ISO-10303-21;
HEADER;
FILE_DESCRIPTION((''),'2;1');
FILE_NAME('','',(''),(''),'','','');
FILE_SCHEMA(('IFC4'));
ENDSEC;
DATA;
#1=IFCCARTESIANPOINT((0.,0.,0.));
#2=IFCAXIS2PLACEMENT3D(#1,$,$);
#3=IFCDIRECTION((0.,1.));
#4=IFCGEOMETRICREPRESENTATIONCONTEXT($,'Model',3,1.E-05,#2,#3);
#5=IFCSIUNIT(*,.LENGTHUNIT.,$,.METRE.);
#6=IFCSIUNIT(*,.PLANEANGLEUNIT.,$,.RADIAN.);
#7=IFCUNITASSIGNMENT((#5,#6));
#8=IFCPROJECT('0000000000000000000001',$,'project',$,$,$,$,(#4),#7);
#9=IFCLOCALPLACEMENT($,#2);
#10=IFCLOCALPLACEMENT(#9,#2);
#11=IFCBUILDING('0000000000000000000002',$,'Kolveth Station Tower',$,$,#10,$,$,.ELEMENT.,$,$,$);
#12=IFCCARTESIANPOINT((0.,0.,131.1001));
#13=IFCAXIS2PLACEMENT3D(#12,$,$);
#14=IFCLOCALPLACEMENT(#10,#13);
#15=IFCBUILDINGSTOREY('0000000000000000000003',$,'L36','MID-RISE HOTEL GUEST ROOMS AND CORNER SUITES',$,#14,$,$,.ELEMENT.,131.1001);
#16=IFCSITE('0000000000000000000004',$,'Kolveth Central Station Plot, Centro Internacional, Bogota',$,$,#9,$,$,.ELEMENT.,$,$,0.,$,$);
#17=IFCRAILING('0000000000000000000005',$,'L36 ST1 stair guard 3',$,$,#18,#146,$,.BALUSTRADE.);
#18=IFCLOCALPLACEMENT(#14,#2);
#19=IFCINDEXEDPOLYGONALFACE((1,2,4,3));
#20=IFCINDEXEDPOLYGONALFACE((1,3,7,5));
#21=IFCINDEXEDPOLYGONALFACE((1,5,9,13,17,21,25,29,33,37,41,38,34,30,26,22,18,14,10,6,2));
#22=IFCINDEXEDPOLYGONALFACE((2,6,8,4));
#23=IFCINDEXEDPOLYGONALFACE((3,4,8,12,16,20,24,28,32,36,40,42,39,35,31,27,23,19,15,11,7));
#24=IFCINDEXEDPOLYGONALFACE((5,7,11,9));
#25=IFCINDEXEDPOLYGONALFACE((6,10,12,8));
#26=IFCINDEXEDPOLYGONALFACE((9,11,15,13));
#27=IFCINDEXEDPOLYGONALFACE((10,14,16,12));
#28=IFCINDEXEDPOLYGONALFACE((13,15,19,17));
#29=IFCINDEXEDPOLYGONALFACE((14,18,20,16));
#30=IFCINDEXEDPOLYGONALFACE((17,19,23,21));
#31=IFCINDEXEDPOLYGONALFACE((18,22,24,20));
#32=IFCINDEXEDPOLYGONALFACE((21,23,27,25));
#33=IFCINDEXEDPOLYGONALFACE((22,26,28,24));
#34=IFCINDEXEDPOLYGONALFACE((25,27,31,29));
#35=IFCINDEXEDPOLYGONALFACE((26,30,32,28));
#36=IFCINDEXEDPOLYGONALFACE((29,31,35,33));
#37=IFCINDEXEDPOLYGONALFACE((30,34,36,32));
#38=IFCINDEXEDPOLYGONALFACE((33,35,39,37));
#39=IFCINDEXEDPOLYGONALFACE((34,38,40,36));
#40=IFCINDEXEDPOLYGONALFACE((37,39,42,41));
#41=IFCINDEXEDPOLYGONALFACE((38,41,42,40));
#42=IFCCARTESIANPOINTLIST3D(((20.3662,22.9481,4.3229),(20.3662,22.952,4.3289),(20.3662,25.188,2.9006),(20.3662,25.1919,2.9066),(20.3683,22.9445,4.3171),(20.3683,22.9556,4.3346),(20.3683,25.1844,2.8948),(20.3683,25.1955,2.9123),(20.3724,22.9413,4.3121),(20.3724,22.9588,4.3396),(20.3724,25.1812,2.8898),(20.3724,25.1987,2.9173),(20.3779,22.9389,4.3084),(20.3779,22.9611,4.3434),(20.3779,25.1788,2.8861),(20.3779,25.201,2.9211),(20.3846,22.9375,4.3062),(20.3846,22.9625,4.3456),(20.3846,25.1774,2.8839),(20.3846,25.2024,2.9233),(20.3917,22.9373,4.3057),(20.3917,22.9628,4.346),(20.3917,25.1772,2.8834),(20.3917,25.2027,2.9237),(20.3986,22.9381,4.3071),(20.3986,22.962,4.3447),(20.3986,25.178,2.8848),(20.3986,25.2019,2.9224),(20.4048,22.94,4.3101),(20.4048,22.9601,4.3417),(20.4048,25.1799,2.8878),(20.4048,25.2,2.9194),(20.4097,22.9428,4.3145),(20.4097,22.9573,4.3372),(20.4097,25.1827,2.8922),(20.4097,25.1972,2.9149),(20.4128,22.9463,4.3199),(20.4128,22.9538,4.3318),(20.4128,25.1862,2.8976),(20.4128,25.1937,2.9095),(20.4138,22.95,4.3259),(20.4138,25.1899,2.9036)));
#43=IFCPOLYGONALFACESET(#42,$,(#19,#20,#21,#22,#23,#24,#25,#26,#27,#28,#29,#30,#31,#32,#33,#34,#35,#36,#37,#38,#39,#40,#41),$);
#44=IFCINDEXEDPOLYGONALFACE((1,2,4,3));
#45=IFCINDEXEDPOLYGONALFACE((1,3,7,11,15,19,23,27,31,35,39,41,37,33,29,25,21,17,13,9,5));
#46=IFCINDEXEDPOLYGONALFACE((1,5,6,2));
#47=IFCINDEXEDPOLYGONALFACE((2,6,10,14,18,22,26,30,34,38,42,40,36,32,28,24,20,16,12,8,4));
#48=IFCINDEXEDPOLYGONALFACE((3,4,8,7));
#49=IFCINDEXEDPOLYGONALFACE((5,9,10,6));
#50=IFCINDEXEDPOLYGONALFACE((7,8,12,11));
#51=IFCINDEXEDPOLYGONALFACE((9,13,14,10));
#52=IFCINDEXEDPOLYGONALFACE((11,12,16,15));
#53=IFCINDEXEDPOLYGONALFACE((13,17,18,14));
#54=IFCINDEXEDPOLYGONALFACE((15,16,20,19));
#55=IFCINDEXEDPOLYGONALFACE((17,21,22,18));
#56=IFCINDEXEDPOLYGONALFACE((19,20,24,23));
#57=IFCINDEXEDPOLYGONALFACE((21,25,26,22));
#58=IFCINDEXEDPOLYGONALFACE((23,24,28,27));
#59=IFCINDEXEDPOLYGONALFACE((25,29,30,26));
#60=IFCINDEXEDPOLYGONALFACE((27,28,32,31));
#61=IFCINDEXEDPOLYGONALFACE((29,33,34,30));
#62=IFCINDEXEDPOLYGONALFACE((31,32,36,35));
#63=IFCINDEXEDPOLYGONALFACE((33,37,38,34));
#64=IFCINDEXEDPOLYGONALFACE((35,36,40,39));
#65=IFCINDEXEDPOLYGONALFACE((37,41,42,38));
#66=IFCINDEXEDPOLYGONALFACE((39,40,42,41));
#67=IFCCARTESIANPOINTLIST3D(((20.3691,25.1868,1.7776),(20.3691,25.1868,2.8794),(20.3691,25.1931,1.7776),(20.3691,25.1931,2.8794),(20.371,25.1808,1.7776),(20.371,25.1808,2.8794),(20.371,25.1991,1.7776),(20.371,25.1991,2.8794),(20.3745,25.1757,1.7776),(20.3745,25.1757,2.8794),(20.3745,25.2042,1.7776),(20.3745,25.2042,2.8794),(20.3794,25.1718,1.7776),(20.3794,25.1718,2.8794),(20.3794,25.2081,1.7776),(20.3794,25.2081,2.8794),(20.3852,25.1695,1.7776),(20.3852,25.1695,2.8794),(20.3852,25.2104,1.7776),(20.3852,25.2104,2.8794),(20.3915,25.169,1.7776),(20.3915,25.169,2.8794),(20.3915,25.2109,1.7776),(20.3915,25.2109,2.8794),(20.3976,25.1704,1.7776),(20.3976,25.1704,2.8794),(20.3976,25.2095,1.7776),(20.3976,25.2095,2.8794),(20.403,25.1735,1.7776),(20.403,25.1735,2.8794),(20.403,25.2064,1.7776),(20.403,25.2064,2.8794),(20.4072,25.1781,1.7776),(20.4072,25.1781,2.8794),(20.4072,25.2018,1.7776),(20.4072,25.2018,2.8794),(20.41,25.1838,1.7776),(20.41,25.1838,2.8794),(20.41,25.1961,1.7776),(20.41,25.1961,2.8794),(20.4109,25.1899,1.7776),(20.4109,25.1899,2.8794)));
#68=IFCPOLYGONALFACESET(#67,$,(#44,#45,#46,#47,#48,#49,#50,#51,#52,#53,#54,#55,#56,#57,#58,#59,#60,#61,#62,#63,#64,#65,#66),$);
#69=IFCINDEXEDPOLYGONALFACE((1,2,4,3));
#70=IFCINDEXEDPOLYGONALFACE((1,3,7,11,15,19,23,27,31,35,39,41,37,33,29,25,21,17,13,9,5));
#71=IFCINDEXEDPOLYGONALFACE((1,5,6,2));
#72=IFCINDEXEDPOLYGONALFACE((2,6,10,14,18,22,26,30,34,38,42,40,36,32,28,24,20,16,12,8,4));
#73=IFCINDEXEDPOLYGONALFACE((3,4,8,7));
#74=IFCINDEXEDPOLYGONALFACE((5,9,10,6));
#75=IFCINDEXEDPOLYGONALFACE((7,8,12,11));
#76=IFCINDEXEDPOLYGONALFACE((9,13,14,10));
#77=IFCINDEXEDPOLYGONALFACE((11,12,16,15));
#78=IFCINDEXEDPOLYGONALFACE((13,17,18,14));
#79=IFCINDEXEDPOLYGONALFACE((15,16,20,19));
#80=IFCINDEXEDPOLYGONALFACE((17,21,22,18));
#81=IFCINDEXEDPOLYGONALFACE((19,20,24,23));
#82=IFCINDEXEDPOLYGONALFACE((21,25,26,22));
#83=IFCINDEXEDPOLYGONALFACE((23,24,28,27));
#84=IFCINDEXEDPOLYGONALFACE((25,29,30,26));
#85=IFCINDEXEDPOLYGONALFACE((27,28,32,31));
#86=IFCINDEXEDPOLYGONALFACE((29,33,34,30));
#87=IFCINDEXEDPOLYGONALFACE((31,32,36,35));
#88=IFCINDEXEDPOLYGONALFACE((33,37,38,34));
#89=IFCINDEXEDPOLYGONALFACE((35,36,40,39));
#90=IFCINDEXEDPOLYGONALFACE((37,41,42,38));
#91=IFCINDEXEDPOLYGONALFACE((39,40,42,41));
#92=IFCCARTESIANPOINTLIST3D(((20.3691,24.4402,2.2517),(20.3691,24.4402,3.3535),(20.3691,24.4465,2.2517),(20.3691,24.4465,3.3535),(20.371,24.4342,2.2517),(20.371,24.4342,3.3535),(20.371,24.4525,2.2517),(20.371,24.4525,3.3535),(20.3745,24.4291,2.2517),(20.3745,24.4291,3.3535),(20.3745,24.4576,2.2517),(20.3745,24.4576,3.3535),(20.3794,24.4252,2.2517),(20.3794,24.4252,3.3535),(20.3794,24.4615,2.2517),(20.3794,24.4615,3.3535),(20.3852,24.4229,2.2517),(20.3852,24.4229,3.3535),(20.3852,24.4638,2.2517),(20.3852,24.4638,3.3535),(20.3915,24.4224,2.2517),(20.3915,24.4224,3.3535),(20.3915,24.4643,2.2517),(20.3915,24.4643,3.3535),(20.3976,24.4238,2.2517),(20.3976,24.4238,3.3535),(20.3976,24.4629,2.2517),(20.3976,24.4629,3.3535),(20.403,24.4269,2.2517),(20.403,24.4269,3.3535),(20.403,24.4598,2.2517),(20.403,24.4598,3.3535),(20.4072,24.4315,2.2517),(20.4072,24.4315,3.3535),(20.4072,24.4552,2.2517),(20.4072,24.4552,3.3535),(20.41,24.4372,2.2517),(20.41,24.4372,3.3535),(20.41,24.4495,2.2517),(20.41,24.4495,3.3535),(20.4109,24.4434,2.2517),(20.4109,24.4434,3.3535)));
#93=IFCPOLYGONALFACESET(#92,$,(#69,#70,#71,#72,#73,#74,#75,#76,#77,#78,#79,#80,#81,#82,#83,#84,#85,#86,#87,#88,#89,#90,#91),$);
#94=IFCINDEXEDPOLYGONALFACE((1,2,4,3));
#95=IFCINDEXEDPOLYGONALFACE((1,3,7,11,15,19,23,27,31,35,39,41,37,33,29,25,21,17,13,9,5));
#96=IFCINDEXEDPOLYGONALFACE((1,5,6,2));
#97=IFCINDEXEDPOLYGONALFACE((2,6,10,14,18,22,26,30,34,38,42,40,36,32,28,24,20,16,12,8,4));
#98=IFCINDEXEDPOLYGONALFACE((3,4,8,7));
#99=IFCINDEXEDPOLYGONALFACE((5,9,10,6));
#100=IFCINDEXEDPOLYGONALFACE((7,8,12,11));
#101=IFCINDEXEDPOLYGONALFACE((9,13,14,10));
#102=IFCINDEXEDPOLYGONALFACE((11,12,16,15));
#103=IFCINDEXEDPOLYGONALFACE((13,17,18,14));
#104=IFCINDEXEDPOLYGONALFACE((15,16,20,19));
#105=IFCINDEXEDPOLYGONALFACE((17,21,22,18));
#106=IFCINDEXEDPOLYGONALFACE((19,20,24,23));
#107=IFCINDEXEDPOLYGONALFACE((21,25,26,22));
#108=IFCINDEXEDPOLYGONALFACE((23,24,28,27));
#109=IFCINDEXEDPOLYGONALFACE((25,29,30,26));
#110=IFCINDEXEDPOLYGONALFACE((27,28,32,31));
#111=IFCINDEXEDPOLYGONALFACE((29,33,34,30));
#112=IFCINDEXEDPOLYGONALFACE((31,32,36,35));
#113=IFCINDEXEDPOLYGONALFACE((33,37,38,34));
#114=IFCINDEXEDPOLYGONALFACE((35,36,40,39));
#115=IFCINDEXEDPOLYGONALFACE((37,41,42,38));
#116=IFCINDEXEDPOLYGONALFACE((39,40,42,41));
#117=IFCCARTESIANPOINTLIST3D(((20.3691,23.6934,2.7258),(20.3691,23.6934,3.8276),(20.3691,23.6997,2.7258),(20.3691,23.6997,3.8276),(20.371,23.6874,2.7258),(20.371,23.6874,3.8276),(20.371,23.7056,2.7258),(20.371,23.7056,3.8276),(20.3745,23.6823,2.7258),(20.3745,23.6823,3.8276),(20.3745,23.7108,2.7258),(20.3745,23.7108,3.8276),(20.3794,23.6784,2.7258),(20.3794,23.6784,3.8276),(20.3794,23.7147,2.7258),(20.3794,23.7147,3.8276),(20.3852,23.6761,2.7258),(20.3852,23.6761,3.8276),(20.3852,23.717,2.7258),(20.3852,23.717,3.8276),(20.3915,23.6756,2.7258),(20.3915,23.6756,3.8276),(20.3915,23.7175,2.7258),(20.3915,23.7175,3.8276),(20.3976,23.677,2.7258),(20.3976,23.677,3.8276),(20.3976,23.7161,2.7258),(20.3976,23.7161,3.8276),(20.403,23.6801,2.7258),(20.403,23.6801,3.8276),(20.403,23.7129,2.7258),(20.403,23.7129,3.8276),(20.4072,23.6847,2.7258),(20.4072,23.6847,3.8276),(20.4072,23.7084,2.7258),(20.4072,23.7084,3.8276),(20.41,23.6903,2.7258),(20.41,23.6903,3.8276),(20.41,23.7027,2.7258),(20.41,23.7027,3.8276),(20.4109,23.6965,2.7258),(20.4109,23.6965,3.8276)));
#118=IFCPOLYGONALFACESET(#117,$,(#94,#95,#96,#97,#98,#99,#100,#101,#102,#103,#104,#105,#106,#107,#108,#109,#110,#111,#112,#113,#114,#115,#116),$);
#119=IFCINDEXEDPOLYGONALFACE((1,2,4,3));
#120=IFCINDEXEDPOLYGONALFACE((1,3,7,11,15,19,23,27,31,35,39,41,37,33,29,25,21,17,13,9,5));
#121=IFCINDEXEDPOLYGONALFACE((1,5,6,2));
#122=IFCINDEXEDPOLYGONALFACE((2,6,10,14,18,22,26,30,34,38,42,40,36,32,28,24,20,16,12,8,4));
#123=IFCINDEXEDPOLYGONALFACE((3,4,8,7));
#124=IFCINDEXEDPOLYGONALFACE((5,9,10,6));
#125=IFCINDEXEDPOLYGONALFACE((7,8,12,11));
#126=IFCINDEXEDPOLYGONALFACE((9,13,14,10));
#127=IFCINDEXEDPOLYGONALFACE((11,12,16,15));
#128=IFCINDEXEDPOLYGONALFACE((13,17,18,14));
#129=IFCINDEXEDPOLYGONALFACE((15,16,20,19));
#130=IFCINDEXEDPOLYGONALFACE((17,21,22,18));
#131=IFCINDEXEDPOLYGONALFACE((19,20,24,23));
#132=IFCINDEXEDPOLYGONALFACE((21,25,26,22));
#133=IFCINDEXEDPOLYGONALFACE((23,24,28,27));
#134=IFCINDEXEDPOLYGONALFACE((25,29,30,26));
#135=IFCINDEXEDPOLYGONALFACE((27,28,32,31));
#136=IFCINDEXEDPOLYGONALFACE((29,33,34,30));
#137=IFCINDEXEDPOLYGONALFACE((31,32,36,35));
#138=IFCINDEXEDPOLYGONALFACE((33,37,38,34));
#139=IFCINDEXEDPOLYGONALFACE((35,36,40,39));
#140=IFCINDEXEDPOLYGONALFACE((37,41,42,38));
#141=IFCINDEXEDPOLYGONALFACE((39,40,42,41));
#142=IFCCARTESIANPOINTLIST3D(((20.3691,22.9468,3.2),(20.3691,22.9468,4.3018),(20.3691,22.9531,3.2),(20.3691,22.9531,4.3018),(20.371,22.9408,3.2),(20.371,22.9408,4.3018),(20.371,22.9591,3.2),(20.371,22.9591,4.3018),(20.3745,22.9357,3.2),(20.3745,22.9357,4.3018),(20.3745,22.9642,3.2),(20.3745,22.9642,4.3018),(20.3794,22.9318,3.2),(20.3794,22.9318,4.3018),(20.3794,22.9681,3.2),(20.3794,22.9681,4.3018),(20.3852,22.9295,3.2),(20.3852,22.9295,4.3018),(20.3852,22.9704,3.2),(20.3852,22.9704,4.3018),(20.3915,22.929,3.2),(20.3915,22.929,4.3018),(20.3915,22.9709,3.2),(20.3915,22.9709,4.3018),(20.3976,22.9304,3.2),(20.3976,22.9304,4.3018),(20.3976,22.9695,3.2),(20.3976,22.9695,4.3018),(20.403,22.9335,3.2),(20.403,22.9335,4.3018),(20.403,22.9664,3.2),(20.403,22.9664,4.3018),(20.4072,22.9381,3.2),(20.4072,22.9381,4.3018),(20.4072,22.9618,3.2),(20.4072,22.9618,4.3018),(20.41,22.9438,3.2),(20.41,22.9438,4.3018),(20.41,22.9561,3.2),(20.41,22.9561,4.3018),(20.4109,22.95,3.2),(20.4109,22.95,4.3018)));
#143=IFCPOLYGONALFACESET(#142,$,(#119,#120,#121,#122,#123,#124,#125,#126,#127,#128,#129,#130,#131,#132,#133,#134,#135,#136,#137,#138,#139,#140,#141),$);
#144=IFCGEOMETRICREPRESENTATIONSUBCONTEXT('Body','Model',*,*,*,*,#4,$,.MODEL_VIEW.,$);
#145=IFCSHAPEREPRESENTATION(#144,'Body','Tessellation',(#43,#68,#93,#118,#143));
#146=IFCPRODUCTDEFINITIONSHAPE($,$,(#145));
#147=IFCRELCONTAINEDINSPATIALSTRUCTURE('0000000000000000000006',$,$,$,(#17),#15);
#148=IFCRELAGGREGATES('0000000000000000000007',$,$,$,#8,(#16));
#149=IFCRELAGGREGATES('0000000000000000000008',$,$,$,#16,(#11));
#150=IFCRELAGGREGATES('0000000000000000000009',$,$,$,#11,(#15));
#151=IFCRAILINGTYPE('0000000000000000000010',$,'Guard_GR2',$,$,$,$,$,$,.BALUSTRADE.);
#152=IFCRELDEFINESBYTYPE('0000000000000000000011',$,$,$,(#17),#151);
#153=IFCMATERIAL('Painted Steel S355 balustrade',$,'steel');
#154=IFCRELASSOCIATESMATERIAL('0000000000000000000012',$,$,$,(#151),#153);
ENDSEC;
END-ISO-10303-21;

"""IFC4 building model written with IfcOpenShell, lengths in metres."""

from ifc_helpers import new_model, si_unit, direction, frame, origin, origin_2d, place, context, subcontext, project, spatial, circle, extrude, material, type_object, element, save


model = new_model("IFC4")

# Units and contexts
model_context = context("Model", 3, precision=1e-05, world=origin(), true_north=direction((0.0, 1.0)))
body_context = subcontext(model_context, "Body", "Model", "MODEL_VIEW")
ifc_project = project(units=[si_unit("LENGTHUNIT", "METRE"), si_unit("PLANEANGLEUNIT", "RADIAN")], contexts=[model_context])

# Site, building, storey
site_placement = place(None, origin())
site = spatial("IfcSite", under=ifc_project, at=site_placement, Name="Kolveth Central Station Plot, Centro Internacional, Bogota", CompositionType="ELEMENT", RefElevation=0.0)
building_placement = place(site_placement, origin())
building = spatial("IfcBuilding", under=site, at=building_placement, Name="Kolveth Station Tower", CompositionType="ELEMENT")
storey_placement = place(building_placement, frame((0.0, 0.0, 131.1001)))
storey = spatial("IfcBuildingStorey", under=building, at=storey_placement, Name="L36", Description="MID-RISE HOTEL GUEST ROOMS AND CORNER SUITES", CompositionType="ELEMENT", Elevation=131.1001)

# Railing
ifc_material_1 = material(Name="Painted Steel S355 balustrade", Category="steel")
railing_type_1 = type_object("IfcRailingType", Name="Guard_GR2", PredefinedType="BALUSTRADE", material=ifc_material_1)
railing_1_placement = place(storey_placement, frame((20.3899, 25.1899, 1.7776)))
element("IfcRailing", 1, at=railing_1_placement, inside=storey, type_object=railing_type_1, Name="L36 ST1 stair guard 3", PredefinedType="BALUSTRADE", context=body_context, shape_type="SweptSolid", body=[
    extrude(circle(Radius=0.0239, at=origin_2d()), frame((0.0, 0.0, 1.126), z_axis=(0.0, -0.844188, 0.536048), x_axis=(1.0, 0.0, 0.0)), (0.0, 0.0, 1.0), 2.6533),
    extrude(circle(Radius=0.021, at=origin_2d()), origin(), (0.0, 0.0, 1.0), 1.1018),
    extrude(circle(Radius=0.021, at=origin_2d()), frame((0.0, -0.7466, 0.4741)), (0.0, 0.0, 1.0), 1.1018),
    extrude(circle(Radius=0.021, at=origin_2d()), frame((0.0, -1.4934, 0.9482)), (0.0, 0.0, 1.0), 1.1018),
    extrude(circle(Radius=0.021, at=origin_2d()), frame((0.0, -2.24, 1.4224)), (0.0, 0.0, 1.0), 1.1018),
])

save(model, "model.ifc")
